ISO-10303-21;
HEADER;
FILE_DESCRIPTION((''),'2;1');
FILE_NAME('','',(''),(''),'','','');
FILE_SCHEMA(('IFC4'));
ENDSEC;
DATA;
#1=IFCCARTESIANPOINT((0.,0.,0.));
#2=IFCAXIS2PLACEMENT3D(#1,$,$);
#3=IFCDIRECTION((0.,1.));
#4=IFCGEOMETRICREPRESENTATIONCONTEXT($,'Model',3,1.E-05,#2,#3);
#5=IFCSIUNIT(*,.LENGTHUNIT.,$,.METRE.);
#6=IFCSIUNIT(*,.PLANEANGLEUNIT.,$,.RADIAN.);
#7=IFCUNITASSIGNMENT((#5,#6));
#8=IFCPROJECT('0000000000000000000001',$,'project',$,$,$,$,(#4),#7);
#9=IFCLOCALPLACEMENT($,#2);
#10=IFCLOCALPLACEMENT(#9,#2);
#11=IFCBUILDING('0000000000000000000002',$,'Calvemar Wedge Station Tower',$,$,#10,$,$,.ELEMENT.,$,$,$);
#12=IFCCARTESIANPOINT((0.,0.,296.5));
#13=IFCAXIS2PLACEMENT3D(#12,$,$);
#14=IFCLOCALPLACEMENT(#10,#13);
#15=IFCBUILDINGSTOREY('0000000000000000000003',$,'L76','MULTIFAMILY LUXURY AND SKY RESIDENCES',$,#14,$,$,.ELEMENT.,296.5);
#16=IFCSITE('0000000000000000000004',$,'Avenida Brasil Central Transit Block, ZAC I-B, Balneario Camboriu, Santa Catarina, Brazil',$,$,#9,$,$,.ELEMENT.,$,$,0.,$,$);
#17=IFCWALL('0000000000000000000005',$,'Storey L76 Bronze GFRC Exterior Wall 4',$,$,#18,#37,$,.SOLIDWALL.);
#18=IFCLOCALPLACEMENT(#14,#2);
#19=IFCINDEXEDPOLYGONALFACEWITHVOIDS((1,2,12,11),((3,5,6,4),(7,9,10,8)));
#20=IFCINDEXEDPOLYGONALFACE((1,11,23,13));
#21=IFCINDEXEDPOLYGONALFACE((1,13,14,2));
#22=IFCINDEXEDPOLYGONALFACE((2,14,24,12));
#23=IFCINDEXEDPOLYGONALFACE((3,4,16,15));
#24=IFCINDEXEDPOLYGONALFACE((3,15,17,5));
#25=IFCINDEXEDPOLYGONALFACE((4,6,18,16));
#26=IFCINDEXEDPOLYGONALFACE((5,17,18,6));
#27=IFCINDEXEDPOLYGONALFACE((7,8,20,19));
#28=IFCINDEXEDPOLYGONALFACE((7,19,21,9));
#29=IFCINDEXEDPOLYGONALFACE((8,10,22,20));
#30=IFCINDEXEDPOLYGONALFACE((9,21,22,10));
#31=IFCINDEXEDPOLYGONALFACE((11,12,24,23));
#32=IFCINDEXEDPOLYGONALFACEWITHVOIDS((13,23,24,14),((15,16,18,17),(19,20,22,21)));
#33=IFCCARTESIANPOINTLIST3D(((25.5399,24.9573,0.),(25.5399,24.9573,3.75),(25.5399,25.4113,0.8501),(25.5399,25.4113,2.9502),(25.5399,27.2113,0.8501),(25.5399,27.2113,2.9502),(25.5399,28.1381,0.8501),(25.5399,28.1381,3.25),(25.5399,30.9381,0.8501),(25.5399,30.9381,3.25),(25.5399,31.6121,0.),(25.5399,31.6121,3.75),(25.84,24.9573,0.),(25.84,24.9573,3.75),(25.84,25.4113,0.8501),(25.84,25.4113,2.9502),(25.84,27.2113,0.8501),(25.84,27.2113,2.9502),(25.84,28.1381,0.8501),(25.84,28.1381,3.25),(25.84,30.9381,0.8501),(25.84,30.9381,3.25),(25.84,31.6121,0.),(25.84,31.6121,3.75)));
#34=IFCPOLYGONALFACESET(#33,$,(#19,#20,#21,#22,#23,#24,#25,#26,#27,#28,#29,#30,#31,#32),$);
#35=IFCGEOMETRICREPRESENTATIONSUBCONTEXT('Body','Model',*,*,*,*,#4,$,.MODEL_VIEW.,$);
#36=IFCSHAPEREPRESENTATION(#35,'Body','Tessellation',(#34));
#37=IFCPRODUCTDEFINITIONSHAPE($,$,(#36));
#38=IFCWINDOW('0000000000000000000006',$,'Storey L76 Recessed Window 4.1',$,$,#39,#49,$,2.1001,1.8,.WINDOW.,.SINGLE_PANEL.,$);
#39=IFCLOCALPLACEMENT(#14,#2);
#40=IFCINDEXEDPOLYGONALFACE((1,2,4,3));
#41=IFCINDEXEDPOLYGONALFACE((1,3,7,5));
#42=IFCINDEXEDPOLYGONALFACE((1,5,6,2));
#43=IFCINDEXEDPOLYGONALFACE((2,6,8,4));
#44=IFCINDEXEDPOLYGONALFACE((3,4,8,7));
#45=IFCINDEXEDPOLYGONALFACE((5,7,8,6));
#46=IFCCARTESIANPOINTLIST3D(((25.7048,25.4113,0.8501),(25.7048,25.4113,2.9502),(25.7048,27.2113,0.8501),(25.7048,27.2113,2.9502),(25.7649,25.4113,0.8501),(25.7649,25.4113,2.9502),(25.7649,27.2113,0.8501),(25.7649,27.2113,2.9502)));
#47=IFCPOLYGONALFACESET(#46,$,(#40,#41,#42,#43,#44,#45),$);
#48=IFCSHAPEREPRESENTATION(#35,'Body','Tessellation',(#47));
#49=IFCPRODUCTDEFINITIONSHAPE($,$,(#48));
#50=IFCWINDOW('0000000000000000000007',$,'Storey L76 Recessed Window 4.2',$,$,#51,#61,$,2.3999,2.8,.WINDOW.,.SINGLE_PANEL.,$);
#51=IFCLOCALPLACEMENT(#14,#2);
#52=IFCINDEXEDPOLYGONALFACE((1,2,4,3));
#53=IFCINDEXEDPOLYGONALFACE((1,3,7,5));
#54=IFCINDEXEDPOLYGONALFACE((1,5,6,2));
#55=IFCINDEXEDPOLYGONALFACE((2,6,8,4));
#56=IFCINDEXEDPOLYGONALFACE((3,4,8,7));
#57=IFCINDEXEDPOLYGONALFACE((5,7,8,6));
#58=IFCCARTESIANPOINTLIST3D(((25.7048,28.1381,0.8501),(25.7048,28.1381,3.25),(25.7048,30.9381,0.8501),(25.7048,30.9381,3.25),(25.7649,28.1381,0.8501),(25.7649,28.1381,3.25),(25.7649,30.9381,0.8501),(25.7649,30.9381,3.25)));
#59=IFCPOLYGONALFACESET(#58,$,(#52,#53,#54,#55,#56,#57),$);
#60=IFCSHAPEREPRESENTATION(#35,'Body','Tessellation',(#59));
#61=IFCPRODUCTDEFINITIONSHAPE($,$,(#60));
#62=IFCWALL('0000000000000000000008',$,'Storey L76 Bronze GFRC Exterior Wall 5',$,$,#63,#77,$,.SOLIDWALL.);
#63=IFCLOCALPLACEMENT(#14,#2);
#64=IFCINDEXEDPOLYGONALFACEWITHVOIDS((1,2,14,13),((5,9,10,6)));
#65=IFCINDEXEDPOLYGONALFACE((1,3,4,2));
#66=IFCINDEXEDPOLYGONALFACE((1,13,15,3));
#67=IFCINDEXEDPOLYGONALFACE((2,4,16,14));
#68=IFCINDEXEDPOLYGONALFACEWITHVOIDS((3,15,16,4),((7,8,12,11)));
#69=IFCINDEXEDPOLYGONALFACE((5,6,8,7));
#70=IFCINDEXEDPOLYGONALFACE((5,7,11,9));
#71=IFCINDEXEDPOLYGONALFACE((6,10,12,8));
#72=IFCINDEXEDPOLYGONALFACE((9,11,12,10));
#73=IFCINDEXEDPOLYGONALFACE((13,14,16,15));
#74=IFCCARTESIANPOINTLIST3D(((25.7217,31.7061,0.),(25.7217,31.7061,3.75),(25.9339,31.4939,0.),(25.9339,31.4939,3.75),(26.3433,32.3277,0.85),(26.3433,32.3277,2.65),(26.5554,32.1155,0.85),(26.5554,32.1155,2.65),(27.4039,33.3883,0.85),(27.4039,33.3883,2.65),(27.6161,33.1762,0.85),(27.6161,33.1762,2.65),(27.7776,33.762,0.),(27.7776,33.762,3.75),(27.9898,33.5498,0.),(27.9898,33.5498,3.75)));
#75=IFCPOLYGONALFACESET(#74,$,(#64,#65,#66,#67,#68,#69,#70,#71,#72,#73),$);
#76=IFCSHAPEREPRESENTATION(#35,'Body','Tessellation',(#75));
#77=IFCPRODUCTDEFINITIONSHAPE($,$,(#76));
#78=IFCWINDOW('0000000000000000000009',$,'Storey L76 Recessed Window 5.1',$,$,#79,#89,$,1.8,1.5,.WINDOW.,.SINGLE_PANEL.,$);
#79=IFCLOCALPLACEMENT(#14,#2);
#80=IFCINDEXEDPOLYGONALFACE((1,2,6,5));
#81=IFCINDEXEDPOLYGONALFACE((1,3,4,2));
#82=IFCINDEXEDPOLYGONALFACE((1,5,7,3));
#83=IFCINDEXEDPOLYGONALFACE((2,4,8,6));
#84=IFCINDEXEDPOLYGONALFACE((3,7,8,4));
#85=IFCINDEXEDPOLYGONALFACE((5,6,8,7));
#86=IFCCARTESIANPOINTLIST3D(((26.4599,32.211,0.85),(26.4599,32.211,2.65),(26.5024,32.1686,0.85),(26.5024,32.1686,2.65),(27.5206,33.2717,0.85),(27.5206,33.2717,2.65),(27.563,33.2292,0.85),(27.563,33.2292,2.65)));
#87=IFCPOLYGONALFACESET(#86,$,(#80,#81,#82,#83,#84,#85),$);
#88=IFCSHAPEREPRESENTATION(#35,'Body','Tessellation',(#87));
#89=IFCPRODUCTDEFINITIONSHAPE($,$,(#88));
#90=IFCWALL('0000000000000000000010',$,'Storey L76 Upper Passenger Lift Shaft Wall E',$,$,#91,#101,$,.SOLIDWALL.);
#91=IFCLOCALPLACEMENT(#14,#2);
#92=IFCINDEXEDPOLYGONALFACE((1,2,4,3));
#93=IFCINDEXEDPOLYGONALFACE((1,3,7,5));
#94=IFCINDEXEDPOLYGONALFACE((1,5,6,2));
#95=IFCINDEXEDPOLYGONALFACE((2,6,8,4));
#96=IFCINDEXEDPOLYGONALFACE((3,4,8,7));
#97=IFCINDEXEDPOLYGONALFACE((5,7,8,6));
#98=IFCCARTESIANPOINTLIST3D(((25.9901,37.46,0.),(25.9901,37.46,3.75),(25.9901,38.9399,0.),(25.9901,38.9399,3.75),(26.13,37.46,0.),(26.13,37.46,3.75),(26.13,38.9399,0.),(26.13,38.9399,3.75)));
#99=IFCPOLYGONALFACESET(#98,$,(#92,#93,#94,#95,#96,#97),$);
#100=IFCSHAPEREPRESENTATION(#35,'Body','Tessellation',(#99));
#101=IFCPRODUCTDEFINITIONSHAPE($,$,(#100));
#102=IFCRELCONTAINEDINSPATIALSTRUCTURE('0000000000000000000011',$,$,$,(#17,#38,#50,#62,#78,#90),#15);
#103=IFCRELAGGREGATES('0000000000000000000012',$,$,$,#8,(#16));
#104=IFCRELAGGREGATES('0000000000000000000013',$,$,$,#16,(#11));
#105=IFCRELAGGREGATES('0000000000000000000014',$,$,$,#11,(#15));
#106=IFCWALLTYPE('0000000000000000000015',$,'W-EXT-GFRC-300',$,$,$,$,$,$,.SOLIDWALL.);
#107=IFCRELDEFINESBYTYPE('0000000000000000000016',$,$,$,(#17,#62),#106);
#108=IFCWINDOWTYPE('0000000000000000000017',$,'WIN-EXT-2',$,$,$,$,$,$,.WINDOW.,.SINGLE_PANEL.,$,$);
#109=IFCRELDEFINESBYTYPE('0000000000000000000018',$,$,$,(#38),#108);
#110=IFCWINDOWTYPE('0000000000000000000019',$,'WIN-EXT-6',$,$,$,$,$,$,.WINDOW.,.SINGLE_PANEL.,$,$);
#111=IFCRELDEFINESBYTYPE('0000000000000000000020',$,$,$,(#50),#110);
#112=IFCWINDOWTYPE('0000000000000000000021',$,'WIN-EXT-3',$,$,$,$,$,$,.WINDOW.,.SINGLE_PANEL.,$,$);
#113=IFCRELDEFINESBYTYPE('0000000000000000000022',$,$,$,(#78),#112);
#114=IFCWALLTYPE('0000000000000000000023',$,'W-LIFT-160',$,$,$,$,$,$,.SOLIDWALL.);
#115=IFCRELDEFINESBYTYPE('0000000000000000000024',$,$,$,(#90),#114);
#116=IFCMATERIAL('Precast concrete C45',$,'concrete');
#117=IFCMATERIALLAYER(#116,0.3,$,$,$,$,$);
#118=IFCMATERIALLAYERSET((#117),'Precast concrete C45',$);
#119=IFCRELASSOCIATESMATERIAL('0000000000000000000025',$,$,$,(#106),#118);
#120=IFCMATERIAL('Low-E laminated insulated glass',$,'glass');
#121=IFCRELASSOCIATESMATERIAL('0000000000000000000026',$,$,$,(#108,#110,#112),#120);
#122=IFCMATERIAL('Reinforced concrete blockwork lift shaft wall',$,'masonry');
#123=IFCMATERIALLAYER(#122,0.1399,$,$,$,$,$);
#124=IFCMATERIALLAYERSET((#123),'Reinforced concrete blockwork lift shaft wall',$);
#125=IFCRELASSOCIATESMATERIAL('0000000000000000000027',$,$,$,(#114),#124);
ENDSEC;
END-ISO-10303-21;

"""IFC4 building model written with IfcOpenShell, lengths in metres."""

from ifc_helpers import new_model, si_unit, direction, frame, frame_2d, origin, place, context, subcontext, project, spatial, rectangle, extrude, source, transform, mapped, material, layer, layer_set, type_object, element, fill, save


model = new_model("IFC4")

# Units and contexts
model_context = context("Model", 3, precision=1e-05, world=origin(), true_north=direction((0.0, 1.0)))
body_context = subcontext(model_context, "Body", "Model", "MODEL_VIEW")
ifc_project = project(units=[si_unit("LENGTHUNIT", "METRE"), si_unit("PLANEANGLEUNIT", "RADIAN")], contexts=[model_context])

# Site, building, storey
site_placement = place(None, origin())
site = spatial("IfcSite", under=ifc_project, at=site_placement, Name="Avenida Brasil Central Transit Block, ZAC I-B, Balneario Camboriu, Santa Catarina, Brazil", CompositionType="ELEMENT", RefElevation=0.0)
building_placement = place(site_placement, origin())
building = spatial("IfcBuilding", under=site, at=building_placement, Name="Calvemar Wedge Station Tower", CompositionType="ELEMENT")
storey_placement = place(building_placement, frame((0.0, 0.0, 296.5)))
storey = spatial("IfcBuildingStorey", under=building, at=storey_placement, Name="L76", Description="MULTIFAMILY LUXURY AND SKY RESIDENCES", CompositionType="ELEMENT", Elevation=296.5)

# Shared definitions
ifc_material_1 = material(Name="Precast concrete C45", Category="concrete")

# Wall, openings, windows
ifc_layer_1 = layer(ifc_material_1, 0.3)
ifc_layer_set_1 = layer_set([ifc_layer_1], Name="Precast concrete C45")
wall_type_1 = type_object("IfcWallType", Name="W-EXT-GFRC-300", PredefinedType="SOLIDWALL", material=ifc_layer_set_1)
wall_1_placement = place(storey_placement, frame((25.6899, 24.9573, 0.0), z_axis=(0.0, 0.0, 1.0), x_axis=(0.0, 1.0, 0.0)))
wall_1 = element("IfcWall", 1, at=wall_1_placement, inside=storey, type_object=wall_type_1, Name="Storey L76 Bronze GFRC Exterior Wall 4", PredefinedType="SOLIDWALL", context=body_context, shape_type="SweptSolid", body=[
    extrude(rectangle(XDim=6.6548, YDim=0.3, at=frame_2d((3.3274, 0.0))), origin(), (0.0, 0.0, 1.0), 3.75),
])
shared_shape_1 = source(origin(), body_context, "Body", "SweptSolid", [
    extrude(rectangle(XDim=1.8, YDim=2.1001, at=frame_2d((0.8999, 1.05))), frame((0.0, 0.1602, 0.0), z_axis=(0.0, -1.0, 0.0), x_axis=(1.0, 0.0, 0.0)), (0.0, 0.0, 1.0), 0.3201),
])
opening_1_placement = place(wall_1_placement, frame((0.4541, 0.0, 0.8501)))
opening_1 = element("IfcOpeningElement", 2, at=opening_1_placement, cuts=wall_1, PredefinedType="OPENING", context=body_context, shape_type="MappedRepresentation", body=[
    mapped(shared_shape_1, transform((0.0, 0.0, 0.0), scale=1.0)),
])
shared_shape_2 = source(origin(), body_context, "Body", "SweptSolid", [
    extrude(rectangle(XDim=2.8, YDim=2.3999, at=frame_2d((1.3999, 1.2))), frame((0.0, 0.1602, 0.0), z_axis=(0.0, -1.0, 0.0), x_axis=(1.0, 0.0, 0.0)), (0.0, 0.0, 1.0), 0.3201),
])
opening_2_placement = place(wall_1_placement, frame((3.1809, 0.0, 0.8501)))
opening_2 = element("IfcOpeningElement", 3, at=opening_2_placement, cuts=wall_1, PredefinedType="OPENING", context=body_context, shape_type="MappedRepresentation", body=[
    mapped(shared_shape_2, transform((0.0, 0.0, 0.0), scale=1.0)),
])
ifc_material_2 = material(Name="Low-E laminated insulated glass", Category="glass")
window_type_1 = type_object("IfcWindowType", Name="WIN-EXT-2", PartitioningType="SINGLE_PANEL", PredefinedType="WINDOW", material=ifc_material_2)
shared_shape_3 = source(origin(), body_context, "Body", "SweptSolid", [
    extrude(rectangle(XDim=1.8, YDim=2.1001, at=frame_2d((0.8999, 1.05))), frame((0.0, -0.0149, 0.0), z_axis=(0.0, -1.0, 0.0), x_axis=(1.0, 0.0, 0.0)), (0.0, 0.0, 1.0), 0.0601),
])
window_1_placement = place(opening_1_placement, origin())
window_1 = element("IfcWindow", 4, at=window_1_placement, inside=storey, type_object=window_type_1, Name="Storey L76 Recessed Window 4.1", OverallHeight=2.1001, OverallWidth=1.8, PartitioningType="SINGLE_PANEL", PredefinedType="WINDOW", context=body_context, shape_type="MappedRepresentation", body=[
    mapped(shared_shape_3, transform((0.0, 0.0, 0.0), scale=1.0)),
])
fill(opening_1, window_1)
window_type_2 = type_object("IfcWindowType", Name="WIN-EXT-6", PartitioningType="SINGLE_PANEL", PredefinedType="WINDOW", material=ifc_material_2)
shared_shape_4 = source(origin(), body_context, "Body", "SweptSolid", [
    extrude(rectangle(XDim=2.8, YDim=2.3999, at=frame_2d((1.3999, 1.2))), frame((0.0, -0.0149, 0.0), z_axis=(0.0, -1.0, 0.0), x_axis=(1.0, 0.0, 0.0)), (0.0, 0.0, 1.0), 0.0601),
])
window_2_placement = place(opening_2_placement, origin())
window_2 = element("IfcWindow", 5, at=window_2_placement, inside=storey, type_object=window_type_2, Name="Storey L76 Recessed Window 4.2", OverallHeight=2.3999, OverallWidth=2.8, PartitioningType="SINGLE_PANEL", PredefinedType="WINDOW", context=body_context, shape_type="MappedRepresentation", body=[
    mapped(shared_shape_4, transform((0.0, 0.0, 0.0), scale=1.0)),
])
fill(opening_2, window_2)

# Wall, opening, window
wall_2_placement = place(storey_placement, frame((25.8279, 31.6001, 0.0), z_axis=(0.0, 0.0, 1.0), x_axis=(0.707107, 0.707107, 0.0)))
wall_2 = element("IfcWall", 6, at=wall_2_placement, inside=storey, type_object=wall_type_1, Name="Storey L76 Bronze GFRC Exterior Wall 5", PredefinedType="SOLIDWALL", context=body_context, shape_type="SweptSolid", body=[
    extrude(rectangle(XDim=2.9075, YDim=0.3, at=frame_2d((1.4536, 0.0))), origin(), (0.0, 0.0, 1.0), 3.75),
])
shared_shape_5 = source(origin(), body_context, "Body", "SweptSolid", [
    extrude(rectangle(XDim=1.5, YDim=1.8, at=frame_2d((0.75, 0.8999))), frame((0.0, 0.1602, 0.0), z_axis=(0.0, -1.0, 0.0), x_axis=(1.0, 0.0, 0.0)), (0.0, 0.0, 1.0), 0.3201),
])
opening_3_placement = place(wall_2_placement, frame((0.8789, 0.0, 0.8501)))
opening_3 = element("IfcOpeningElement", 7, at=opening_3_placement, cuts=wall_2, PredefinedType="OPENING", context=body_context, shape_type="MappedRepresentation", body=[
    mapped(shared_shape_5, transform((0.0, 0.0, 0.0), scale=1.0)),
])
window_type_3 = type_object("IfcWindowType", Name="WIN-EXT-3", PartitioningType="SINGLE_PANEL", PredefinedType="WINDOW", material=ifc_material_2)
shared_shape_6 = source(origin(), body_context, "Body", "SweptSolid", [
    extrude(rectangle(XDim=1.5, YDim=1.8, at=frame_2d((0.75, 0.8999))), frame((0.0, -0.0149, 0.0), z_axis=(0.0, -1.0, 0.0), x_axis=(1.0, 0.0, 0.0)), (0.0, 0.0, 1.0), 0.0601),
])
window_3_placement = place(opening_3_placement, origin())
window_3 = element("IfcWindow", 8, at=window_3_placement, inside=storey, type_object=window_type_3, Name="Storey L76 Recessed Window 5.1", OverallHeight=1.8, OverallWidth=1.5, PartitioningType="SINGLE_PANEL", PredefinedType="WINDOW", context=body_context, shape_type="MappedRepresentation", body=[
    mapped(shared_shape_6, transform((0.0, 0.0, 0.0), scale=1.0)),
])
fill(opening_3, window_3)

# Wall
ifc_material_3 = material(Name="Reinforced concrete blockwork lift shaft wall", Category="masonry")
ifc_layer_2 = layer(ifc_material_3, 0.1399)
ifc_layer_set_2 = layer_set([ifc_layer_2], Name="Reinforced concrete blockwork lift shaft wall")
wall_type_2 = type_object("IfcWallType", Name="W-LIFT-160", PredefinedType="SOLIDWALL", material=ifc_layer_set_2)
wall_3_placement = place(storey_placement, frame((26.0601, 37.46, 0.0), z_axis=(0.0, 0.0, 1.0), x_axis=(0.0, 1.0, 0.0)))
element("IfcWall", 9, at=wall_3_placement, inside=storey, type_object=wall_type_2, Name="Storey L76 Upper Passenger Lift Shaft Wall E", PredefinedType="SOLIDWALL", context=body_context, shape_type="SweptSolid", body=[
    extrude(rectangle(XDim=1.48, YDim=0.1399, at=frame_2d((0.74, 0.0))), origin(), (0.0, 0.0, 1.0), 3.75),
])

save(model, "model.ifc")
